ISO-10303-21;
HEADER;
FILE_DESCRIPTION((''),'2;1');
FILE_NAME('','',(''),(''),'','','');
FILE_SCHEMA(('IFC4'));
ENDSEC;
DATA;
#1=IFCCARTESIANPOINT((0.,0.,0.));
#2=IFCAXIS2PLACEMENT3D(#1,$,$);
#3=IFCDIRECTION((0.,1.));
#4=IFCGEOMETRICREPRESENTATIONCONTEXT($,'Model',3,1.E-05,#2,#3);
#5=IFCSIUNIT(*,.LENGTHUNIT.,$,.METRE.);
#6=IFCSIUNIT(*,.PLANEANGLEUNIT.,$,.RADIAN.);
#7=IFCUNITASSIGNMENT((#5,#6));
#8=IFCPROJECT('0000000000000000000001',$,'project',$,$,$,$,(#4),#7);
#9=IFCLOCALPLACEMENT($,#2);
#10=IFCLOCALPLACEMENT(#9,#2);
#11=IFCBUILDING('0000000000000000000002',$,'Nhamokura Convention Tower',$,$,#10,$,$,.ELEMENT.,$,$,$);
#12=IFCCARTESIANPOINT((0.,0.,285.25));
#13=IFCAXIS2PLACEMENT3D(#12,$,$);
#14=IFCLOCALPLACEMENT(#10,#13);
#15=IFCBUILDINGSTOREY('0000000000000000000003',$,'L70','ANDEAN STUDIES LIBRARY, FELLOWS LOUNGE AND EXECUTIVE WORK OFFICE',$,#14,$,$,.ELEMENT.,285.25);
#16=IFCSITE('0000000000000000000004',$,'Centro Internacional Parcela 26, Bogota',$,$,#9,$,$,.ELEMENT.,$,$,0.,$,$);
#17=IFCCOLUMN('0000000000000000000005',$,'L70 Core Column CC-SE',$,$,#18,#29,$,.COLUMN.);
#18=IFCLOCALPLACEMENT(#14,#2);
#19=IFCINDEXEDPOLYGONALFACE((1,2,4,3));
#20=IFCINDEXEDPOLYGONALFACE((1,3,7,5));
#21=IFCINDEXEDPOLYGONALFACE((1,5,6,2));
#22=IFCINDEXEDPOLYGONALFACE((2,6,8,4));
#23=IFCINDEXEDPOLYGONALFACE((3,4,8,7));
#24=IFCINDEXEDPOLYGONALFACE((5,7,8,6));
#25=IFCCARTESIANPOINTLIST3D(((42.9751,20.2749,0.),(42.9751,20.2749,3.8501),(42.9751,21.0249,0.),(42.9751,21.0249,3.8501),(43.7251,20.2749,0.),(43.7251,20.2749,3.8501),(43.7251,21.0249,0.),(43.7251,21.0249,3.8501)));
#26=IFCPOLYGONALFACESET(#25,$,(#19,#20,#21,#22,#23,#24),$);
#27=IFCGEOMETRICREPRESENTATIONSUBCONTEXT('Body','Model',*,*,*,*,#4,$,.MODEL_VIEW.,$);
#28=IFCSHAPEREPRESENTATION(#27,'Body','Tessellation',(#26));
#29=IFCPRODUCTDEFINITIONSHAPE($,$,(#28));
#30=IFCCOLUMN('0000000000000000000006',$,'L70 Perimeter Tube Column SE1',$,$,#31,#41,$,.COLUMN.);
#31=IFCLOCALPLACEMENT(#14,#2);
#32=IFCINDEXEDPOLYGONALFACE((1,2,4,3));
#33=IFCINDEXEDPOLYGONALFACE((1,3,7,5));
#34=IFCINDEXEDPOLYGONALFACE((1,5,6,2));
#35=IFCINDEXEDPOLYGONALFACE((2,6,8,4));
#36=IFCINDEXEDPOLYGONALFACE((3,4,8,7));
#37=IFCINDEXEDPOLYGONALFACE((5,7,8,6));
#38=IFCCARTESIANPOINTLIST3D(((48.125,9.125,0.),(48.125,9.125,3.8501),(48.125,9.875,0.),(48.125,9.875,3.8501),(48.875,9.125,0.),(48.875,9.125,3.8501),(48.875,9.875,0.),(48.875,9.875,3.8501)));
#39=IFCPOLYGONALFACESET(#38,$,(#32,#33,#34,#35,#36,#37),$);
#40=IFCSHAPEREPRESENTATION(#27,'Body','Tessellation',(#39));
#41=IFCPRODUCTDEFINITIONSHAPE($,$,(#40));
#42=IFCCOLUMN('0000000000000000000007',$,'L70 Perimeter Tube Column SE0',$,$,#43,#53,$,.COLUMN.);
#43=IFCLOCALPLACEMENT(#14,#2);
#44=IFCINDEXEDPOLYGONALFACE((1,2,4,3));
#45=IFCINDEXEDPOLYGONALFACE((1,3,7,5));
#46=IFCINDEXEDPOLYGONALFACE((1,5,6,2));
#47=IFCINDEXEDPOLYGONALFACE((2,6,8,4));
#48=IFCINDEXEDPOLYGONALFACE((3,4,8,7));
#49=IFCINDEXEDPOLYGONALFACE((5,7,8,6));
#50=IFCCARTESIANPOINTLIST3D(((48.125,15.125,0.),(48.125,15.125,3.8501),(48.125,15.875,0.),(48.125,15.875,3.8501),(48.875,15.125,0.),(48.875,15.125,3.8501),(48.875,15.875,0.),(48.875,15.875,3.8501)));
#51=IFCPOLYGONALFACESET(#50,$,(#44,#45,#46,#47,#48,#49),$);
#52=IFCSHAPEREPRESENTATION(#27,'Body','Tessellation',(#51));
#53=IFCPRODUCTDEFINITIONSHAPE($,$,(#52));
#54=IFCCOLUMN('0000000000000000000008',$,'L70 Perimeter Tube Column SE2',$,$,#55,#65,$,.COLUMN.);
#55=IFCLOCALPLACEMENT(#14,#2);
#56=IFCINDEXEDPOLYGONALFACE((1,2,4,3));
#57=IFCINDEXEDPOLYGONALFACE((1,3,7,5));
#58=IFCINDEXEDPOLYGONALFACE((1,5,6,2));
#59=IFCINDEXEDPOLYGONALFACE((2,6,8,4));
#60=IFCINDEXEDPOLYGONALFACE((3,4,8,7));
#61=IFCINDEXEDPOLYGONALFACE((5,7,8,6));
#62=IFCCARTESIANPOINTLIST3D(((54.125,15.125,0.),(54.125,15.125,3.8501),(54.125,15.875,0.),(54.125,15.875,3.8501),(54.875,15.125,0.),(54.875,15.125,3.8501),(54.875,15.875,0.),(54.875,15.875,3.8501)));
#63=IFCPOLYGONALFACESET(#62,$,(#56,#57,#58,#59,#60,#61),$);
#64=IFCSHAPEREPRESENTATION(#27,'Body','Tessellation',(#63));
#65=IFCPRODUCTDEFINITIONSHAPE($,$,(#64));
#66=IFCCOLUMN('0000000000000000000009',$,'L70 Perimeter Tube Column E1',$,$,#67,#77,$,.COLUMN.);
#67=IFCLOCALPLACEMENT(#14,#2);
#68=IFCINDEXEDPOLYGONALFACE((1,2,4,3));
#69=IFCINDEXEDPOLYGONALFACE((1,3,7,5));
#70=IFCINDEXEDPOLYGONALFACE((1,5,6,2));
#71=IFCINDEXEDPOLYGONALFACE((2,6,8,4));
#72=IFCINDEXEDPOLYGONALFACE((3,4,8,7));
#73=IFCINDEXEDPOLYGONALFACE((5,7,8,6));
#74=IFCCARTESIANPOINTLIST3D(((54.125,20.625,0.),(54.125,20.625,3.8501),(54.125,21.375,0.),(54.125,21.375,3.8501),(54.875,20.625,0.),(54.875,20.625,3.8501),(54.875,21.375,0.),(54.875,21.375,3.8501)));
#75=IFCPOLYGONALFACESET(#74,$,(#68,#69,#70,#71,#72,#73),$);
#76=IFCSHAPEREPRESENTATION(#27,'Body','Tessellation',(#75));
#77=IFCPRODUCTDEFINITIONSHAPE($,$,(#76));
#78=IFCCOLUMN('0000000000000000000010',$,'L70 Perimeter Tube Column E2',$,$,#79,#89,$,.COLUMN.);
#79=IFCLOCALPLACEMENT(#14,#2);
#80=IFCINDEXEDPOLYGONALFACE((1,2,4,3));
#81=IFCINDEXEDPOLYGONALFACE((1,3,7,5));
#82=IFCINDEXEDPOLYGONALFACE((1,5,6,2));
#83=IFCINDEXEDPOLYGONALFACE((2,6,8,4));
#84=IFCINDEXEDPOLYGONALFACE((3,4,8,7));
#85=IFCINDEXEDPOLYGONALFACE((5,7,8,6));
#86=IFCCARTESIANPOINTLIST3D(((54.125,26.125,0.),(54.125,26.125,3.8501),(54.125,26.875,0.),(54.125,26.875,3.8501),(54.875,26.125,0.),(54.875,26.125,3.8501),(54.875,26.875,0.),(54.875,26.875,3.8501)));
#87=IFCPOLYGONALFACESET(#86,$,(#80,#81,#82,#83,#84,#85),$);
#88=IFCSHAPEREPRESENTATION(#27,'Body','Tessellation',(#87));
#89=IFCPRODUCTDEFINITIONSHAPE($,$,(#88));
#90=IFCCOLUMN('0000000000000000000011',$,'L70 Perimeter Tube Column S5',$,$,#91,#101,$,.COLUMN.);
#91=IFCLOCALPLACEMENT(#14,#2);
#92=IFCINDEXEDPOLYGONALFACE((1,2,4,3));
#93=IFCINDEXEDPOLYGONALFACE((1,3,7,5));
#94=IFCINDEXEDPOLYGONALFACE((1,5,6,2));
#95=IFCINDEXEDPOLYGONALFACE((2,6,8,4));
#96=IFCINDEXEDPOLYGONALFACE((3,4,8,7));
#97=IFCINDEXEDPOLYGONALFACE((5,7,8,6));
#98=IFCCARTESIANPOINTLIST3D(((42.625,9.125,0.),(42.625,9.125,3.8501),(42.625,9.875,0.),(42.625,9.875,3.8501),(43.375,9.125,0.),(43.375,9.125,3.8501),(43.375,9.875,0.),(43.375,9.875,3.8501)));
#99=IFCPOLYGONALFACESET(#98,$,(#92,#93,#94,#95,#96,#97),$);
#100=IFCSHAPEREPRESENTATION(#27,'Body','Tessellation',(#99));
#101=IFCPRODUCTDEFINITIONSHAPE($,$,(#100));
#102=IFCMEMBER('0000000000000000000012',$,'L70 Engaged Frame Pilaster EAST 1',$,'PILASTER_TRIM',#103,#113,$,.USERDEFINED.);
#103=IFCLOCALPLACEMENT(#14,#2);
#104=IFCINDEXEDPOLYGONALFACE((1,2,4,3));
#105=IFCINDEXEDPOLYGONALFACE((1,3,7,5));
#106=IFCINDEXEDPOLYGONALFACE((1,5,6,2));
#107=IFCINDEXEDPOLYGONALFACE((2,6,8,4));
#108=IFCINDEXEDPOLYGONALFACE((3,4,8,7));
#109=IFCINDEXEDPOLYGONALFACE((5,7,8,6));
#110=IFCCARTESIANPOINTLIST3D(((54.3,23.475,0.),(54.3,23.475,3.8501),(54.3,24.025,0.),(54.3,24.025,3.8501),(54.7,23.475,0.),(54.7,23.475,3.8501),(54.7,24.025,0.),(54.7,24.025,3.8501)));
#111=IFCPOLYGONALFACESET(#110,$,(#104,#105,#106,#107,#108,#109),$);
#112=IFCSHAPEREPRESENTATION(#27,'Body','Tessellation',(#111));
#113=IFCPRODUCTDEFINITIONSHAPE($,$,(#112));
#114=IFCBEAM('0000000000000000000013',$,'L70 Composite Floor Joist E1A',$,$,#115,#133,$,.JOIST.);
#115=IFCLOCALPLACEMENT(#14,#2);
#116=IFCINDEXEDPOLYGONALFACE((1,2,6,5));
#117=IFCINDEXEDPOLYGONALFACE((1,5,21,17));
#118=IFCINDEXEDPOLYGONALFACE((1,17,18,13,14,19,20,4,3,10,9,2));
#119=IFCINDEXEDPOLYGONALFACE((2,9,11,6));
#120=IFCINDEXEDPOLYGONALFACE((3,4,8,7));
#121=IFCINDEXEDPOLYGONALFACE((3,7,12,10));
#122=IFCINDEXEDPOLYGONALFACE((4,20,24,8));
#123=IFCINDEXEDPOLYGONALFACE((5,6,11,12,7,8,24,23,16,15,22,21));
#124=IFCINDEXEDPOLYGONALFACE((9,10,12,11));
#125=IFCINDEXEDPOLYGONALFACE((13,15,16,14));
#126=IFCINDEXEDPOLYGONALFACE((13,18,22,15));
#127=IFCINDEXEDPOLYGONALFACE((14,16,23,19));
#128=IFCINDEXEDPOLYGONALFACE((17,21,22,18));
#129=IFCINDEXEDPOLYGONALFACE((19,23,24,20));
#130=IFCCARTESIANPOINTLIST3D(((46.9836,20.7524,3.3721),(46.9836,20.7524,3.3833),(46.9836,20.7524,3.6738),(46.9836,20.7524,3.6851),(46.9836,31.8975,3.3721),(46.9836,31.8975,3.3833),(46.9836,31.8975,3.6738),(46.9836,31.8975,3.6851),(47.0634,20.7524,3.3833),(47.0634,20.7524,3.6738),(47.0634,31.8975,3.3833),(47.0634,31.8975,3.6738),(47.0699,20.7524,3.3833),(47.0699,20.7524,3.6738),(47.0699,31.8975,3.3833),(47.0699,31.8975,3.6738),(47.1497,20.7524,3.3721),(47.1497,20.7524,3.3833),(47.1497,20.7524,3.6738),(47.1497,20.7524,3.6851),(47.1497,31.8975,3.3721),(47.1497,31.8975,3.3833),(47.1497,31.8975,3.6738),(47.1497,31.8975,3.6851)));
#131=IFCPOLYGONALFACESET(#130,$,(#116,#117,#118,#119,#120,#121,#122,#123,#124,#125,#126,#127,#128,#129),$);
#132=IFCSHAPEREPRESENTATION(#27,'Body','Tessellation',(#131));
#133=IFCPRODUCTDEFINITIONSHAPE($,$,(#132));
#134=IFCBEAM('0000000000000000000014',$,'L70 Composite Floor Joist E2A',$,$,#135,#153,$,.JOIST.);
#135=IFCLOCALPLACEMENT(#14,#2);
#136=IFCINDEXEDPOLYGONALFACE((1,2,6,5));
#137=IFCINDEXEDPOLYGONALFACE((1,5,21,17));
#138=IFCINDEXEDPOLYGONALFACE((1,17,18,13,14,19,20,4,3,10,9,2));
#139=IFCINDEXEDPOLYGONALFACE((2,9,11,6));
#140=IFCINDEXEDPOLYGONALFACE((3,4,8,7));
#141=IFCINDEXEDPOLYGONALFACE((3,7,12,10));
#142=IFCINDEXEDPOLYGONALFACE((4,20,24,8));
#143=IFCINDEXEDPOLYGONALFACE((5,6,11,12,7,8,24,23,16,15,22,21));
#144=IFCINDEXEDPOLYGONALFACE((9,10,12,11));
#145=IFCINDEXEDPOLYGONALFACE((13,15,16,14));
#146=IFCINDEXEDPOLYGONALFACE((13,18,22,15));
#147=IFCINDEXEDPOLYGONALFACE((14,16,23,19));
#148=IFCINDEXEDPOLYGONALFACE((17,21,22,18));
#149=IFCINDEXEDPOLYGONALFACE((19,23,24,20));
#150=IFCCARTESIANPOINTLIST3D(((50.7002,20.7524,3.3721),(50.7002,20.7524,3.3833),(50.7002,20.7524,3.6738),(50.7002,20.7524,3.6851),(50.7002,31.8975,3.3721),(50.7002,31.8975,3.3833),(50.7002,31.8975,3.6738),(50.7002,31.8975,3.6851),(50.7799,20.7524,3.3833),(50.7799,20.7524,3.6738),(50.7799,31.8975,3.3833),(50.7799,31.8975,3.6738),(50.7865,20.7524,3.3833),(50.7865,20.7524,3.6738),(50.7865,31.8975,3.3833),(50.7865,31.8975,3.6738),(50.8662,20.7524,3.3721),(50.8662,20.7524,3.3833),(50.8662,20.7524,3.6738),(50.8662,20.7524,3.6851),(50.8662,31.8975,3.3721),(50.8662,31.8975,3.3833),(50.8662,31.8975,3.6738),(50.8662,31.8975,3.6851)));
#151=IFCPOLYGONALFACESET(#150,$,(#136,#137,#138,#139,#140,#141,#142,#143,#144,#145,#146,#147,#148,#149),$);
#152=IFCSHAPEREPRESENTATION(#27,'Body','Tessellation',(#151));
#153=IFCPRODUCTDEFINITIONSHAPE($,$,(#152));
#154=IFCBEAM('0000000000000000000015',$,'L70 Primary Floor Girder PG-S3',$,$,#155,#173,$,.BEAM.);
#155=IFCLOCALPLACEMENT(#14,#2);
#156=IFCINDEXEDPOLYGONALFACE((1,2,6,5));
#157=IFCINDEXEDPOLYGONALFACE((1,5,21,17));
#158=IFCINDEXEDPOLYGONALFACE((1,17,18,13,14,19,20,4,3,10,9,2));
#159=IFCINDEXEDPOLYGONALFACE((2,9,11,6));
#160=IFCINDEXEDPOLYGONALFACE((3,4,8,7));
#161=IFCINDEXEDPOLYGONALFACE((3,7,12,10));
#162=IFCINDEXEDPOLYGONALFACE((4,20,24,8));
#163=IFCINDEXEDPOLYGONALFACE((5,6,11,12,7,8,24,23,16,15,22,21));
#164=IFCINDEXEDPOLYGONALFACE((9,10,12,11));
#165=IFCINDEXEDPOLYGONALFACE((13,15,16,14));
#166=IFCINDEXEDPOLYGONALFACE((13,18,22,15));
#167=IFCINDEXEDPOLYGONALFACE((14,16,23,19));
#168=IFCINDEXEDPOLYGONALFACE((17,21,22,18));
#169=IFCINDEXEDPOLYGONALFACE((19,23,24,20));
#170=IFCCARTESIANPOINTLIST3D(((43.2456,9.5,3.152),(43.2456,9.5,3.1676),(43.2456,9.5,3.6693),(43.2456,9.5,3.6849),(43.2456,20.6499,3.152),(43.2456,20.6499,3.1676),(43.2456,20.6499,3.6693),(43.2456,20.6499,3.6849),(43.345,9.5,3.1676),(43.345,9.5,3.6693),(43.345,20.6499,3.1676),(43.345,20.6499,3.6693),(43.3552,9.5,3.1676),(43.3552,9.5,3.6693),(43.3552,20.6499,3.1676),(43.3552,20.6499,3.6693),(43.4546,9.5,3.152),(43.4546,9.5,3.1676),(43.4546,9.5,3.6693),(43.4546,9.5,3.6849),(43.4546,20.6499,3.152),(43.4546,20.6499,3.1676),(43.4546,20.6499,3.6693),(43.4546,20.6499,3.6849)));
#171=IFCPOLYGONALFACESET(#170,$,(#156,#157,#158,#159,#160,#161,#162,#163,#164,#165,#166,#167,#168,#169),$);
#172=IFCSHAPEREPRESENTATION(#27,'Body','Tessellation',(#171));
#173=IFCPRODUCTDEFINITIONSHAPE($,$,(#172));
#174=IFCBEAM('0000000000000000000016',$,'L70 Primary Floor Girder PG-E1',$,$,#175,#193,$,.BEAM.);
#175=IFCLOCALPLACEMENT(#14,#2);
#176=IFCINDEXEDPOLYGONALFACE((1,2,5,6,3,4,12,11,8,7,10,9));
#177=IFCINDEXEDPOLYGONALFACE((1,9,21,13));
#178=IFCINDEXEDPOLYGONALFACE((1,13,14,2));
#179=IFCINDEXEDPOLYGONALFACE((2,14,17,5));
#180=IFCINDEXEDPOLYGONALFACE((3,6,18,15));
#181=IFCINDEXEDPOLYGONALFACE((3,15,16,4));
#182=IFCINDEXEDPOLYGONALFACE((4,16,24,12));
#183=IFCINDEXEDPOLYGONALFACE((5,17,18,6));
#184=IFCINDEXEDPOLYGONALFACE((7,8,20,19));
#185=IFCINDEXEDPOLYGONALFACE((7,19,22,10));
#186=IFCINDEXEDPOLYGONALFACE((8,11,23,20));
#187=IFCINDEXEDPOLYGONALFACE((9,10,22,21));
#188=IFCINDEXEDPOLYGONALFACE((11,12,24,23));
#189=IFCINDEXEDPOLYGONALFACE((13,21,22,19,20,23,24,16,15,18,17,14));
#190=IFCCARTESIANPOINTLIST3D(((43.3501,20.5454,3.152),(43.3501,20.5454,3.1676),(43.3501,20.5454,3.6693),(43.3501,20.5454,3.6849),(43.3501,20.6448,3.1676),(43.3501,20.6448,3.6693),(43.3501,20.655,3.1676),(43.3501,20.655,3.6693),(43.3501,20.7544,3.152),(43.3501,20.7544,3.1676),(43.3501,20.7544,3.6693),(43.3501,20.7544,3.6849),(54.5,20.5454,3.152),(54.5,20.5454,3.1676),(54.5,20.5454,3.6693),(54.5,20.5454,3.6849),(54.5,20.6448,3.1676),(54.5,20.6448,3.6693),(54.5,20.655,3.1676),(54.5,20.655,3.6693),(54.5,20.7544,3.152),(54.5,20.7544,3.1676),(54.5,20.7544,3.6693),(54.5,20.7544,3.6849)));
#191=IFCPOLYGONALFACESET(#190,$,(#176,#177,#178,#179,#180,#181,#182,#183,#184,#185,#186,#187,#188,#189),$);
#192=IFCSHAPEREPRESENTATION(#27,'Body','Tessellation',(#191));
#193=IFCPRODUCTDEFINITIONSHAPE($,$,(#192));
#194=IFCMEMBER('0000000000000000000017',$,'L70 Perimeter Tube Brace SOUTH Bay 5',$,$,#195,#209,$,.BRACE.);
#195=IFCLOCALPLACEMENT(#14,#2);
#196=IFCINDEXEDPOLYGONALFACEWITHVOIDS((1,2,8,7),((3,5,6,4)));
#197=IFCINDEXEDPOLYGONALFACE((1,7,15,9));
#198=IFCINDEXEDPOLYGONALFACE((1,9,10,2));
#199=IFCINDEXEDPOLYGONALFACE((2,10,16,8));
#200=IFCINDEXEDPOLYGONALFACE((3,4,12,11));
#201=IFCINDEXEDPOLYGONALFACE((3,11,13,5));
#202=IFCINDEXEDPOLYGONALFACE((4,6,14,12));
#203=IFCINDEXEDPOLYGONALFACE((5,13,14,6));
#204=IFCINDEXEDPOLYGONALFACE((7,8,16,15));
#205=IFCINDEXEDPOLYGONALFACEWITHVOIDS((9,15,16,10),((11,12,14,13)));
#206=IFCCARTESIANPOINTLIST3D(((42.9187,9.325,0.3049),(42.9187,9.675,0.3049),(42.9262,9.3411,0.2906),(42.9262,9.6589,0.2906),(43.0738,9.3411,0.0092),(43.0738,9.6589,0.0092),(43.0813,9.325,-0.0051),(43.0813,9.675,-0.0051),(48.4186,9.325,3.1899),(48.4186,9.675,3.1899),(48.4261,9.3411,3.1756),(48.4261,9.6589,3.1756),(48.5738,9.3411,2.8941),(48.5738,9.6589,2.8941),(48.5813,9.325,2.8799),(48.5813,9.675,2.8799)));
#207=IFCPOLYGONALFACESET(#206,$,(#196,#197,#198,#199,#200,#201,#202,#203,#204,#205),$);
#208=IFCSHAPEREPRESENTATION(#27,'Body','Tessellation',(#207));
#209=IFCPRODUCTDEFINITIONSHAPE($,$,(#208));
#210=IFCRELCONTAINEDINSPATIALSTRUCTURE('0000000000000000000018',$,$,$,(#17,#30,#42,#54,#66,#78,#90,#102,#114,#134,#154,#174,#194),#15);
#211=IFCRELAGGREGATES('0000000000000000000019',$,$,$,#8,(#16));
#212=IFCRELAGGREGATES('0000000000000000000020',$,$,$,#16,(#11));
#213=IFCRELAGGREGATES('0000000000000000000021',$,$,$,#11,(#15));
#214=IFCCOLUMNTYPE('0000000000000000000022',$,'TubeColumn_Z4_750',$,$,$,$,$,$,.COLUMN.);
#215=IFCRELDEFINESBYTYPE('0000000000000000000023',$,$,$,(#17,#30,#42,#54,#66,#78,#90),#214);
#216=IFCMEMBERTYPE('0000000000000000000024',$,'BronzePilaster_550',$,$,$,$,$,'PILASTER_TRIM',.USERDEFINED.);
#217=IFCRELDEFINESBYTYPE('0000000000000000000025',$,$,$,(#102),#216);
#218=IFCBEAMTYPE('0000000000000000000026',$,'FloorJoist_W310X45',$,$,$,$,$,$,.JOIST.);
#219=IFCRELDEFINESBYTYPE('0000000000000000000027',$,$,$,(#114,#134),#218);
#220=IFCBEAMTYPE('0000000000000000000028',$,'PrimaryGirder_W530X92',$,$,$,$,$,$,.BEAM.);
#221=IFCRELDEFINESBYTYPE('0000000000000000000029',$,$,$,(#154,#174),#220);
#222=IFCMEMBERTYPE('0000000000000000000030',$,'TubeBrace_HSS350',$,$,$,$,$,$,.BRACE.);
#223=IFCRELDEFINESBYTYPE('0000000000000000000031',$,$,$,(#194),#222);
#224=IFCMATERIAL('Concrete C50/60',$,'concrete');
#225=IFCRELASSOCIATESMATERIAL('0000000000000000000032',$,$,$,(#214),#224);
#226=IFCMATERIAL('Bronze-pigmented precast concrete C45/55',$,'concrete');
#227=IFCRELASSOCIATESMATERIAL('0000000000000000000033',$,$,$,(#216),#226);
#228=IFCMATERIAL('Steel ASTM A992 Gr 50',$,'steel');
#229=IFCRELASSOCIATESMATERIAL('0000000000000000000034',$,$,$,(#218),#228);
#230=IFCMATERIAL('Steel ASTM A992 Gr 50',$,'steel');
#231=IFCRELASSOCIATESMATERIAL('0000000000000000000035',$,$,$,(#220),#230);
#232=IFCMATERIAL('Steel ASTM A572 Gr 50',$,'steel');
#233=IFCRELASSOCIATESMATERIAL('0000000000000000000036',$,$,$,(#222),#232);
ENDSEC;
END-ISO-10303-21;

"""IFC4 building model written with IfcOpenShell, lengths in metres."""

from ifc_helpers import new_model, si_unit, direction, frame, origin, origin_2d, place, context, subcontext, project, spatial, rectangle, hollow_rectangle, i_section, extrude, material, material_profile, profile_set, type_object, element, save


model = new_model("IFC4")

# Units and contexts
model_context = context("Model", 3, precision=1e-05, world=origin(), true_north=direction((0.0, 1.0)))
body_context = subcontext(model_context, "Body", "Model", "MODEL_VIEW")
ifc_project = project(units=[si_unit("LENGTHUNIT", "METRE"), si_unit("PLANEANGLEUNIT", "RADIAN")], contexts=[model_context])

# Site, building, storey
site_placement = place(None, origin())
site = spatial("IfcSite", under=ifc_project, at=site_placement, Name="Centro Internacional Parcela 26, Bogota", CompositionType="ELEMENT", RefElevation=0.0)
building_placement = place(site_placement, origin())
building = spatial("IfcBuilding", under=site, at=building_placement, Name="Nhamokura Convention Tower", CompositionType="ELEMENT")
storey_placement = place(building_placement, frame((0.0, 0.0, 285.25)))
storey = spatial("IfcBuildingStorey", under=building, at=storey_placement, Name="L70", Description="ANDEAN STUDIES LIBRARY, FELLOWS LOUNGE AND EXECUTIVE WORK OFFICE", CompositionType="ELEMENT", Elevation=285.25)

# Columns
ifc_material_1 = material(Name="Concrete C50/60", Category="concrete")
ifc_material_profile_1 = material_profile(ifc_material_1, rectangle(XDim=0.75, YDim=0.75, at=origin_2d()))
ifc_profile_set_1 = profile_set([ifc_material_profile_1], Name="Concrete C50/60")
column_type = type_object("IfcColumnType", Name="TubeColumn_Z4_750", PredefinedType="COLUMN", material=ifc_profile_set_1)
for number, where, z_axis, x_axis, name in (
    (1, (43.3501, 20.6499, 0.0), (0.0, 0.0, 1.0), (1.0, 0.0, 0.0), "L70 Core Column CC-SE"),
    (2, (48.5, 9.5, 0.0), (0.0, 0.0, 1.0), (1.0, 0.0, 0.0), "L70 Perimeter Tube Column SE1"),
    (3, (48.5, 15.5, 0.0), (0.0, 0.0, 1.0), (1.0, 0.0, 0.0), "L70 Perimeter Tube Column SE0"),
    (4, (54.5, 15.5, 0.0), (0.0, 0.0, 1.0), (1.0, 0.0, 0.0), "L70 Perimeter Tube Column SE2"),
    (5, (54.5, 21.0, 0.0), (0.0, 0.0, 1.0), (1.0, 0.0, 0.0), "L70 Perimeter Tube Column E1"),
    (6, (54.5, 26.5, 0.0), (0.0, 0.0, 1.0), (1.0, 0.0, 0.0), "L70 Perimeter Tube Column E2"),
    (7, (43.0, 9.5, 0.0), (0.0, 0.0, 1.0), (1.0, 0.0, 0.0), "L70 Perimeter Tube Column S5"),
):
    element("IfcColumn", number, at=place(storey_placement, frame(where, z_axis=z_axis, x_axis=x_axis)), inside=storey, type_object=column_type, Name=name, PredefinedType="COLUMN", context=body_context, shape_type="SweptSolid", body=[
        extrude(rectangle(XDim=0.75, YDim=0.75, at=origin_2d()), origin(), (0.0, 0.0, 1.0), 3.8501),
    ])

# Member
ifc_material_2 = material(Name="Bronze-pigmented precast concrete C45/55", Category="concrete")
ifc_material_profile_2 = material_profile(ifc_material_2, rectangle(XDim=0.3999, YDim=0.55, at=origin_2d()))
ifc_profile_set_2 = profile_set([ifc_material_profile_2], Name="Bronze-pigmented precast concrete C45/55")
member_type_1 = type_object("IfcMemberType", Name="BronzePilaster_550", ElementType="PILASTER_TRIM", PredefinedType="USERDEFINED", material=ifc_profile_set_2)
member_placement = place(storey_placement, frame((54.5, 23.75, 0.0), z_axis=(0.0, 0.0, 1.0), x_axis=(1.0, 0.0, 0.0)))
element("IfcMember", 8, at=member_placement, inside=storey, type_object=member_type_1, Name="L70 Engaged Frame Pilaster EAST 1", ObjectType="PILASTER_TRIM", PredefinedType="USERDEFINED", context=body_context, shape_type="SweptSolid", body=[
    extrude(rectangle(XDim=0.3999, YDim=0.55, at=origin_2d()), origin(), (0.0, 0.0, 1.0), 3.8501),
])

# Beams
ifc_material_3 = material(Name="Steel ASTM A992 Gr 50", Category="steel")
ifc_material_profile_3 = material_profile(ifc_material_3, i_section(OverallWidth=0.166, OverallDepth=0.313, WebThickness=0.0066, FlangeThickness=0.0112, at=origin_2d()))
ifc_profile_set_3 = profile_set([ifc_material_profile_3], Name="Steel ASTM A992 Gr 50")
beam_type_1 = type_object("IfcBeamType", Name="FloorJoist_W310X45", PredefinedType="JOIST", material=ifc_profile_set_3)
for number, where, z_axis, x_axis, name in (
    (9, (47.0667, 20.7524, 3.5286), (0.0, 1.0, 0.0), (-1.0, 0.0, 0.0), "L70 Composite Floor Joist E1A"),
    (10, (50.7832, 20.7524, 3.5286), (0.0, 1.0, 0.0), (-1.0, 0.0, 0.0), "L70 Composite Floor Joist E2A"),
):
    element("IfcBeam", number, at=place(storey_placement, frame(where, z_axis=z_axis, x_axis=x_axis)), inside=storey, type_object=beam_type_1, Name=name, PredefinedType="JOIST", context=body_context, shape_type="SweptSolid", body=[
        extrude(i_section(OverallWidth=0.166, OverallDepth=0.313, WebThickness=0.0066, FlangeThickness=0.0112, at=origin_2d()), origin(), (0.0, 0.0, 1.0), 11.145),
    ])
ifc_material_4 = material(Name="Steel ASTM A992 Gr 50", Category="steel")
ifc_material_profile_4 = material_profile(ifc_material_4, i_section(OverallWidth=0.209, OverallDepth=0.533, WebThickness=0.0103, FlangeThickness=0.0156, at=origin_2d()))
ifc_profile_set_4 = profile_set([ifc_material_profile_4], Name="Steel ASTM A992 Gr 50")
beam_type_2 = type_object("IfcBeamType", Name="PrimaryGirder_W530X92", PredefinedType="BEAM", material=ifc_profile_set_4)
for number, where, z_axis, x_axis, name in (
    (11, (43.3501, 9.5, 3.4185), (0.0, 1.0, 0.0), (-1.0, 0.0, 0.0), "L70 Primary Floor Girder PG-S3"),
    (12, (43.3501, 20.6499, 3.4185), (1.0, 0.0, 0.0), (0.0, 1.0, 0.0), "L70 Primary Floor Girder PG-E1"),
):
    element("IfcBeam", number, at=place(storey_placement, frame(where, z_axis=z_axis, x_axis=x_axis)), inside=storey, type_object=beam_type_2, Name=name, PredefinedType="BEAM", context=body_context, shape_type="SweptSolid", body=[
        extrude(i_section(OverallWidth=0.209, OverallDepth=0.533, WebThickness=0.0103, FlangeThickness=0.0156, at=origin_2d()), origin(), (0.0, 0.0, 1.0), 11.1499),
    ])

# Member
ifc_material_5 = material(Name="Steel ASTM A572 Gr 50", Category="steel")
ifc_material_profile_5 = material_profile(ifc_material_5, hollow_rectangle(XDim=0.3501, YDim=0.3501, WallThickness=0.0161, at=origin_2d()))
ifc_profile_set_5 = profile_set([ifc_material_profile_5], Name="Steel ASTM A572 Gr 50")
member_type_2 = type_object("IfcMemberType", Name="TubeBrace_HSS350", PredefinedType="BRACE", material=ifc_profile_set_5)
for number, where, z_axis, x_axis, name in (
    (13, (43.0, 9.5, 0.1499), (0.885563, 0.0, 0.46452), (0.0, 1.0, 0.0), "L70 Perimeter Tube Brace SOUTH Bay 5"),
):
    element("IfcMember", number, at=place(storey_placement, frame(where, z_axis=z_axis, x_axis=x_axis)), inside=storey, type_object=member_type_2, Name=name, PredefinedType="BRACE", context=body_context, shape_type="SweptSolid", body=[
        extrude(hollow_rectangle(XDim=0.3501, YDim=0.3501, WallThickness=0.0161, at=origin_2d()), origin(), (0.0, 0.0, 1.0), 6.2107),
    ])

save(model, "model.ifc")
